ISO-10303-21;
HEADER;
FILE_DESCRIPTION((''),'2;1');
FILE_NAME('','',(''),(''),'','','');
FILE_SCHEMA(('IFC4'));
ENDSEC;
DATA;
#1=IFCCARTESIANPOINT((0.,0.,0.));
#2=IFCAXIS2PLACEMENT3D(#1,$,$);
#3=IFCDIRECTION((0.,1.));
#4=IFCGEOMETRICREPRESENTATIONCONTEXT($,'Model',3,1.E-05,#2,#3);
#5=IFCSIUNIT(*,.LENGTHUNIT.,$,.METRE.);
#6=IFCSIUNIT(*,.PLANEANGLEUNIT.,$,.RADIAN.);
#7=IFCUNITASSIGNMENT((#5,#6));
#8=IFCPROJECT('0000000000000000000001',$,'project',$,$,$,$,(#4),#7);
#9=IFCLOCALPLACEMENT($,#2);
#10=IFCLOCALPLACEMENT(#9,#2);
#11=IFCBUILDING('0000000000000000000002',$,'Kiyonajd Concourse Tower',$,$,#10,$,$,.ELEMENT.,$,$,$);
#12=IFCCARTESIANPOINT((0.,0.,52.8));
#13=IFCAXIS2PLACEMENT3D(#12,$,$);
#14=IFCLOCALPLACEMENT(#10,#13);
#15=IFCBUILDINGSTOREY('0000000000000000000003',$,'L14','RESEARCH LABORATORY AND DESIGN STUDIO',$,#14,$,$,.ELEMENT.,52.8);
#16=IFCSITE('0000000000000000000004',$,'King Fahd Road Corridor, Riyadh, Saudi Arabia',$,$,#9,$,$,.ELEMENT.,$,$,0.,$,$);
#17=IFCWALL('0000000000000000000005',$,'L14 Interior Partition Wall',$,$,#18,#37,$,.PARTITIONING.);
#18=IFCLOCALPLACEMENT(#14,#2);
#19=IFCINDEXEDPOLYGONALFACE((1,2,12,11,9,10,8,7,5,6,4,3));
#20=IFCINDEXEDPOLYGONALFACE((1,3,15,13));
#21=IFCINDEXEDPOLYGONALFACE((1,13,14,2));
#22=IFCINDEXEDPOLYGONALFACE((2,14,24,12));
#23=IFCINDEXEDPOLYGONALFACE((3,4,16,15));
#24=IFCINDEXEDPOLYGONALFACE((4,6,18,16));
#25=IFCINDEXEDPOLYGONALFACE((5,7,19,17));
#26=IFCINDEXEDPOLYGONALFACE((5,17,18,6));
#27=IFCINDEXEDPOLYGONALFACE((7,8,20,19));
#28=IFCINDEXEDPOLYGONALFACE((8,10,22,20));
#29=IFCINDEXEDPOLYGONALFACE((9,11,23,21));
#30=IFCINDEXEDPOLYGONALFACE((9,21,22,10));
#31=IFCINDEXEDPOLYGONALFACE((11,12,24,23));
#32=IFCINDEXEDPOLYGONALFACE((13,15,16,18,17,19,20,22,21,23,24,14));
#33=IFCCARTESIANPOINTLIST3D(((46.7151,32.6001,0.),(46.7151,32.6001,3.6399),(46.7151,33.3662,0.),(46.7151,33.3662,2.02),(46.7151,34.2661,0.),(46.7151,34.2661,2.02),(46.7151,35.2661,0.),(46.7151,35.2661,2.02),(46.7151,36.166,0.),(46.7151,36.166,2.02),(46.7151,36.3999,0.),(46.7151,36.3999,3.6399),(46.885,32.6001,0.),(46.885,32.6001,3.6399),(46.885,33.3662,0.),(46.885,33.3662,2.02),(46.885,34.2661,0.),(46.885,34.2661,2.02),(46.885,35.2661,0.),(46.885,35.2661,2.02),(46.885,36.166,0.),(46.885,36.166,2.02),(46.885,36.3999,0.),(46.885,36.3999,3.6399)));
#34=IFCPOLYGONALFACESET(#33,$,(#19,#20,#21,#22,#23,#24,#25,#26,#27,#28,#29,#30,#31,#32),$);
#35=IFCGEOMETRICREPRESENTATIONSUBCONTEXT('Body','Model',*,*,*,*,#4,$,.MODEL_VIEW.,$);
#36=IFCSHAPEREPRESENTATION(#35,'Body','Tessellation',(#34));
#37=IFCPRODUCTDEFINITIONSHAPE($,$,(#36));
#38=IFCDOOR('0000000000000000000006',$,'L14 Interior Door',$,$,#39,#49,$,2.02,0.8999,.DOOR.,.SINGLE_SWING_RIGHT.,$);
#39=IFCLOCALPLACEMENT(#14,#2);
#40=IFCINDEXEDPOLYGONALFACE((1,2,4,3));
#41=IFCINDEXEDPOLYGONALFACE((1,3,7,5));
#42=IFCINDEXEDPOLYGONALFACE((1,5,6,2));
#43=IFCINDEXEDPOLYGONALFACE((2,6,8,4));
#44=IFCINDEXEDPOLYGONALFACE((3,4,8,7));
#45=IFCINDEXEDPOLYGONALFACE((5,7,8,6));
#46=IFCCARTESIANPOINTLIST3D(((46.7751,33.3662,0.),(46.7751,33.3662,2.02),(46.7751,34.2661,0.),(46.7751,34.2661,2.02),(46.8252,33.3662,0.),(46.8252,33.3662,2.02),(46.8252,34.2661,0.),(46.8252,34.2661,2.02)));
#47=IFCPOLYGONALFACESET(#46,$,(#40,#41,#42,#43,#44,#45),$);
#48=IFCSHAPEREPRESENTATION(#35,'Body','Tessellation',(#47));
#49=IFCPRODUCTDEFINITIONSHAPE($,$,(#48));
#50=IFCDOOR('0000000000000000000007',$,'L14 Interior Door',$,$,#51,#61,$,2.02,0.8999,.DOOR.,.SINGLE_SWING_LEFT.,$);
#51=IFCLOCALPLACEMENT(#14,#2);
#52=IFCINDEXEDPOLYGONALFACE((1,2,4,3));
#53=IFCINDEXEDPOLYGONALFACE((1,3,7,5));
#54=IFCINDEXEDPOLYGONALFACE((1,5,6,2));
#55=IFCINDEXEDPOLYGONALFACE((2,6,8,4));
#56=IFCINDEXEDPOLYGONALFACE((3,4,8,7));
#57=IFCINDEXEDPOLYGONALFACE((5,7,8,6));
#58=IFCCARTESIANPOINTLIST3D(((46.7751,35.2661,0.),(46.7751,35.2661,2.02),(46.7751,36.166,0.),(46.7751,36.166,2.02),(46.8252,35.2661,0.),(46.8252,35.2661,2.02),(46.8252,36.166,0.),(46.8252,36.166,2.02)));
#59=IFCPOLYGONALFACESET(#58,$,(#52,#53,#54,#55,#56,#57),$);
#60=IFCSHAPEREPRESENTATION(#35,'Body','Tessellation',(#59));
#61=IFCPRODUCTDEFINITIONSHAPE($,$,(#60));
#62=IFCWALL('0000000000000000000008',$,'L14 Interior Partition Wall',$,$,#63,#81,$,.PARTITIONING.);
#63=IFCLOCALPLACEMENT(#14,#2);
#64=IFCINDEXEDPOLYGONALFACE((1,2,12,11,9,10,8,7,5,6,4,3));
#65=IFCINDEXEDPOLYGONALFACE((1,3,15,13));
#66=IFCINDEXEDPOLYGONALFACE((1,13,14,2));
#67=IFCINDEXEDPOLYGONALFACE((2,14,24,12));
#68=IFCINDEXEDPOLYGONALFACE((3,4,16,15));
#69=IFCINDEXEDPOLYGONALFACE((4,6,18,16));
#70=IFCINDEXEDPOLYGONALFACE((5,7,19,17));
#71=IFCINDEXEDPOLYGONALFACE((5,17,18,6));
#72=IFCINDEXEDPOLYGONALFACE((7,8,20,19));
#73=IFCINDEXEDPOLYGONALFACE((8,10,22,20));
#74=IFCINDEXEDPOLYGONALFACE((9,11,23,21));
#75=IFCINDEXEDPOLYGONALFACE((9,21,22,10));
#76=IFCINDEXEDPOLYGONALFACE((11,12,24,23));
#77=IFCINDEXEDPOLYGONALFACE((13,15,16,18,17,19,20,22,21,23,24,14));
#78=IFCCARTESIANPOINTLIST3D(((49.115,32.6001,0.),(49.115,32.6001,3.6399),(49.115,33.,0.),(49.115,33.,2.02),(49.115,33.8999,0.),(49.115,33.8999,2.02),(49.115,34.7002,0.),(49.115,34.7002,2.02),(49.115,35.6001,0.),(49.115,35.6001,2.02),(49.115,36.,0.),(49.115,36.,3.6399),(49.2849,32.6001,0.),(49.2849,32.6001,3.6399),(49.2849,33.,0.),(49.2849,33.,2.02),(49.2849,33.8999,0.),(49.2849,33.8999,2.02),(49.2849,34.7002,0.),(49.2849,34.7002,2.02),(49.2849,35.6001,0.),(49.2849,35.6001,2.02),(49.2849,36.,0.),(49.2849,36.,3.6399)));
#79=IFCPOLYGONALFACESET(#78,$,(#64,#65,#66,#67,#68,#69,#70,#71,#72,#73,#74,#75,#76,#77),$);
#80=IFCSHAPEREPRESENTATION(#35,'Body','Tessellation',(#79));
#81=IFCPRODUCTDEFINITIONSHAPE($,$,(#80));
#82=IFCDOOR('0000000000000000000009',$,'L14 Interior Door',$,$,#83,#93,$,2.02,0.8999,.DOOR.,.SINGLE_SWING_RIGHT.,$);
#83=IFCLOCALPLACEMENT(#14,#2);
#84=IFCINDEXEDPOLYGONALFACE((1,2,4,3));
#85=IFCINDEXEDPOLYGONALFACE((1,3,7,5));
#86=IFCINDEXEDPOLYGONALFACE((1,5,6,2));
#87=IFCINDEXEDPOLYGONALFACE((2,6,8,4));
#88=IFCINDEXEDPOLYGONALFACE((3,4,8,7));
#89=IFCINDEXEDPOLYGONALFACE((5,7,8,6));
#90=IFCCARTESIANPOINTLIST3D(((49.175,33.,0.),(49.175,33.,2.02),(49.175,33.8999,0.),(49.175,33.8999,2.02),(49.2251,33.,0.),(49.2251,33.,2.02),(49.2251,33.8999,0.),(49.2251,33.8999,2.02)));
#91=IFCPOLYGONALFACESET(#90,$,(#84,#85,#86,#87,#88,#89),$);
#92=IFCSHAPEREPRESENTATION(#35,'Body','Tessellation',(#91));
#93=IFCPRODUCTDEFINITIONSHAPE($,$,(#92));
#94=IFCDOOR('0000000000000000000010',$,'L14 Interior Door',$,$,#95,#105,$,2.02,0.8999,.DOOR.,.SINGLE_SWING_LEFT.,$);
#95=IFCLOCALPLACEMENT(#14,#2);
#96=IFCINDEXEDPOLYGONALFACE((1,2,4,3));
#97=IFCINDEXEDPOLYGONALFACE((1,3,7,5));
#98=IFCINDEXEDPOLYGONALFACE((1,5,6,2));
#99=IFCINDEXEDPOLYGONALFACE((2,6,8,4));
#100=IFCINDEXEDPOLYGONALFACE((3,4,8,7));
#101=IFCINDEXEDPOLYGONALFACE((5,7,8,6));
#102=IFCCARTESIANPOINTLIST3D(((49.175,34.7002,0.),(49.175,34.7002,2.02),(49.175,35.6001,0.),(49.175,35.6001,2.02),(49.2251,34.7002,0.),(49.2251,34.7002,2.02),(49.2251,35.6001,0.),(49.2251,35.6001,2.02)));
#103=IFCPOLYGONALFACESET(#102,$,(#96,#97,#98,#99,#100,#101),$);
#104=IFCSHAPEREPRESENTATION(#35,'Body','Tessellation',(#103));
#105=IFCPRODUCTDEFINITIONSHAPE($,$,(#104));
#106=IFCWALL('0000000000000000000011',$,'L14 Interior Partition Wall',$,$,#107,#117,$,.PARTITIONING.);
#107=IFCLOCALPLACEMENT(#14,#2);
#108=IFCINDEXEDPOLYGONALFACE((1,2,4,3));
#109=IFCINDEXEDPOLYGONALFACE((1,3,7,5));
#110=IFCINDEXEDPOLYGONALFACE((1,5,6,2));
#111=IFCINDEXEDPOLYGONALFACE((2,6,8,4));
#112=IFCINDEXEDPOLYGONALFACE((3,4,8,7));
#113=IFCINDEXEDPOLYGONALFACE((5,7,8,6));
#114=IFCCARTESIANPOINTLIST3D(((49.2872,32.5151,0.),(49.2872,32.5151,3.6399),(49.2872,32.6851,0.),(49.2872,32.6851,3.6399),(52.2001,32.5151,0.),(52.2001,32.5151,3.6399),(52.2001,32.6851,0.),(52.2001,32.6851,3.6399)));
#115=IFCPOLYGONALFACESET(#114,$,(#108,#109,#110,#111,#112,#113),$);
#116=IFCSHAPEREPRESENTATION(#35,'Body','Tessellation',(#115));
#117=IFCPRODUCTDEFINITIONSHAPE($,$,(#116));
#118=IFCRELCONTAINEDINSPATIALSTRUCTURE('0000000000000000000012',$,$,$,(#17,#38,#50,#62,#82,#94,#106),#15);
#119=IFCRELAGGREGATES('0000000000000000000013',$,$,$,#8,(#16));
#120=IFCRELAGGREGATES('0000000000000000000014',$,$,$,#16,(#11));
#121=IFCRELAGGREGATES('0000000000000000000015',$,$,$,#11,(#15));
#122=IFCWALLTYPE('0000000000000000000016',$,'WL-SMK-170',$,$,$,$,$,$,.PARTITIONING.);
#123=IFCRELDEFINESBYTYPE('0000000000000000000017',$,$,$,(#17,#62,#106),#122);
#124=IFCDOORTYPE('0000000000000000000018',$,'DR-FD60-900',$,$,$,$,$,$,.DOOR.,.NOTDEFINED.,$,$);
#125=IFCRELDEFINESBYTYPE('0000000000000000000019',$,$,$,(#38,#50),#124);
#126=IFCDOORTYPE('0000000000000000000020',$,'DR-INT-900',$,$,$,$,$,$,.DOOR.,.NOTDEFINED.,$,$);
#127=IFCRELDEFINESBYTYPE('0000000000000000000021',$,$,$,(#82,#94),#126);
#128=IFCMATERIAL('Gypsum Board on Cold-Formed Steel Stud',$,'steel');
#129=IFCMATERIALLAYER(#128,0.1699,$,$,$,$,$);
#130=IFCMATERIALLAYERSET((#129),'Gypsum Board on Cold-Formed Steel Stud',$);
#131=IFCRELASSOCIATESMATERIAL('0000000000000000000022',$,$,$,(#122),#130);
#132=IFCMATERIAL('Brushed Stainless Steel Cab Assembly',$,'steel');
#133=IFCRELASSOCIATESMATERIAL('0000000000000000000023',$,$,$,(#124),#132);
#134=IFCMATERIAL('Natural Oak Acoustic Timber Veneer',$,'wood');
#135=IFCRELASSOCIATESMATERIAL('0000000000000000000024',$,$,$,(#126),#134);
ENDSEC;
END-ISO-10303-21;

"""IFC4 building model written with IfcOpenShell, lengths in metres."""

from ifc_helpers import new_model, si_unit, direction, frame, frame_2d, origin, place, context, subcontext, project, spatial, rectangle, extrude, material, layer, layer_set, type_object, element, fill, save


model = new_model("IFC4")

# Units and contexts
model_context = context("Model", 3, precision=1e-05, world=origin(), true_north=direction((0.0, 1.0)))
body_context = subcontext(model_context, "Body", "Model", "MODEL_VIEW")
ifc_project = project(units=[si_unit("LENGTHUNIT", "METRE"), si_unit("PLANEANGLEUNIT", "RADIAN")], contexts=[model_context])

# Site, building, storey
site_placement = place(None, origin())
site = spatial("IfcSite", under=ifc_project, at=site_placement, Name="King Fahd Road Corridor, Riyadh, Saudi Arabia", CompositionType="ELEMENT", RefElevation=0.0)
building_placement = place(site_placement, origin())
building = spatial("IfcBuilding", under=site, at=building_placement, Name="Kiyonajd Concourse Tower", CompositionType="ELEMENT")
storey_placement = place(building_placement, frame((0.0, 0.0, 52.8)))
storey = spatial("IfcBuildingStorey", under=building, at=storey_placement, Name="L14", Description="RESEARCH LABORATORY AND DESIGN STUDIO", CompositionType="ELEMENT", Elevation=52.8)

# Shared definitions
ifc_material_1 = material(Name="Gypsum Board on Cold-Formed Steel Stud", Category="steel")

# Shared definitions
ifc_material_2 = material(Name="Brushed Stainless Steel Cab Assembly", Category="steel")

# Walls, openings, doors
ifc_layer_1 = layer(ifc_material_1, 0.1699)
ifc_layer_set_1 = layer_set([ifc_layer_1], Name="Gypsum Board on Cold-Formed Steel Stud")
wall_type_1 = type_object("IfcWallType", Name="WL-SMK-170", PredefinedType="PARTITIONING", material=ifc_layer_set_1)
wall_1_placement = place(storey_placement, frame((46.8, 32.6001, 0.0), z_axis=(0.0, 0.0, 1.0), x_axis=(0.0, 1.0, 0.0)))
wall_1 = element("IfcWall", 1, at=wall_1_placement, inside=storey, type_object=wall_type_1, Name="L14 Interior Partition Wall", PredefinedType="PARTITIONING", context=body_context, shape_type="SweptSolid", body=[
    extrude(rectangle(XDim=3.7998, YDim=0.1699, at=frame_2d((1.8999, 0.0))), origin(), (0.0, 0.0, 1.0), 3.6399),
])
opening_1_placement = place(wall_1_placement, frame((0.7661, 0.0, 0.0)))
opening_1 = element("IfcOpeningElement", 2, at=opening_1_placement, cuts=wall_1, PredefinedType="OPENING", context=body_context, shape_type="SweptSolid", body=[
    extrude(rectangle(XDim=0.8999, YDim=2.02, at=frame_2d((0.45, 1.01))), frame((0.0, 0.095, 0.0), z_axis=(0.0, -1.0, 0.0), x_axis=(1.0, 0.0, 0.0)), (0.0, 0.0, 1.0), 0.1899),
])
opening_2_placement = place(wall_1_placement, frame((2.666, 0.0, 0.0)))
opening_2 = element("IfcOpeningElement", 3, at=opening_2_placement, cuts=wall_1, PredefinedType="OPENING", context=body_context, shape_type="SweptSolid", body=[
    extrude(rectangle(XDim=0.8999, YDim=2.02, at=frame_2d((0.45, 1.01))), frame((0.0, 0.095, 0.0), z_axis=(0.0, -1.0, 0.0), x_axis=(1.0, 0.0, 0.0)), (0.0, 0.0, 1.0), 0.1899),
])
door_type_1 = type_object("IfcDoorType", Name="DR-FD60-900", OperationType="NOTDEFINED", PredefinedType="DOOR", material=ifc_material_2)
door_1_placement = place(opening_1_placement, origin())
door_1 = element("IfcDoor", 4, at=door_1_placement, inside=storey, type_object=door_type_1, Name="L14 Interior Door", OperationType="SINGLE_SWING_RIGHT", OverallHeight=2.02, OverallWidth=0.8999, PredefinedType="DOOR", context=body_context, shape_type="SweptSolid", body=[
    extrude(rectangle(XDim=0.8999, YDim=2.02, at=frame_2d((0.45, 1.01))), frame((0.0, 0.0249, 0.0), z_axis=(0.0, -1.0, 0.0), x_axis=(1.0, 0.0, 0.0)), (0.0, 0.0, 1.0), 0.05),
])
fill(opening_1, door_1)
door_2_placement = place(opening_2_placement, origin())
door_2 = element("IfcDoor", 5, at=door_2_placement, inside=storey, type_object=door_type_1, Name="L14 Interior Door", OperationType="SINGLE_SWING_LEFT", OverallHeight=2.02, OverallWidth=0.8999, PredefinedType="DOOR", context=body_context, shape_type="SweptSolid", body=[
    extrude(rectangle(XDim=0.8999, YDim=2.02, at=frame_2d((0.45, 1.01))), frame((0.0, 0.0249, 0.0), z_axis=(0.0, -1.0, 0.0), x_axis=(1.0, 0.0, 0.0)), (0.0, 0.0, 1.0), 0.05),
])
fill(opening_2, door_2)
wall_2_placement = place(storey_placement, frame((49.2, 32.6001, 0.0), z_axis=(0.0, 0.0, 1.0), x_axis=(0.0, 1.0, 0.0)))
wall_2 = element("IfcWall", 6, at=wall_2_placement, inside=storey, type_object=wall_type_1, Name="L14 Interior Partition Wall", PredefinedType="PARTITIONING", context=body_context, shape_type="SweptSolid", body=[
    extrude(rectangle(XDim=3.3999, YDim=0.1699, at=frame_2d((1.7, 0.0))), origin(), (0.0, 0.0, 1.0), 3.6399),
])
opening_3_placement = place(wall_2_placement, frame((0.3999, 0.0, 0.0)))
opening_3 = element("IfcOpeningElement", 7, at=opening_3_placement, cuts=wall_2, PredefinedType="OPENING", context=body_context, shape_type="SweptSolid", body=[
    extrude(rectangle(XDim=0.8999, YDim=2.02, at=frame_2d((0.45, 1.01))), frame((0.0, 0.095, 0.0), z_axis=(0.0, -1.0, 0.0), x_axis=(1.0, 0.0, 0.0)), (0.0, 0.0, 1.0), 0.1899),
])
opening_4_placement = place(wall_2_placement, frame((2.1001, 0.0, 0.0)))
opening_4 = element("IfcOpeningElement", 8, at=opening_4_placement, cuts=wall_2, PredefinedType="OPENING", context=body_context, shape_type="SweptSolid", body=[
    extrude(rectangle(XDim=0.8999, YDim=2.02, at=frame_2d((0.45, 1.01))), frame((0.0, 0.095, 0.0), z_axis=(0.0, -1.0, 0.0), x_axis=(1.0, 0.0, 0.0)), (0.0, 0.0, 1.0), 0.1899),
])
ifc_material_3 = material(Name="Natural Oak Acoustic Timber Veneer", Category="wood")
door_type_2 = type_object("IfcDoorType", Name="DR-INT-900", OperationType="NOTDEFINED", PredefinedType="DOOR", material=ifc_material_3)
door_3_placement = place(opening_3_placement, origin())
door_3 = element("IfcDoor", 9, at=door_3_placement, inside=storey, type_object=door_type_2, Name="L14 Interior Door", OperationType="SINGLE_SWING_RIGHT", OverallHeight=2.02, OverallWidth=0.8999, PredefinedType="DOOR", context=body_context, shape_type="SweptSolid", body=[
    extrude(rectangle(XDim=0.8999, YDim=2.02, at=frame_2d((0.45, 1.01))), frame((0.0, 0.0249, 0.0), z_axis=(0.0, -1.0, 0.0), x_axis=(1.0, 0.0, 0.0)), (0.0, 0.0, 1.0), 0.05),
])
fill(opening_3, door_3)
door_4_placement = place(opening_4_placement, origin())
door_4 = element("IfcDoor", 10, at=door_4_placement, inside=storey, type_object=door_type_2, Name="L14 Interior Door", OperationType="SINGLE_SWING_LEFT", OverallHeight=2.02, OverallWidth=0.8999, PredefinedType="DOOR", context=body_context, shape_type="SweptSolid", body=[
    extrude(rectangle(XDim=0.8999, YDim=2.02, at=frame_2d((0.45, 1.01))), frame((0.0, 0.0249, 0.0), z_axis=(0.0, -1.0, 0.0), x_axis=(1.0, 0.0, 0.0)), (0.0, 0.0, 1.0), 0.05),
])
fill(opening_4, door_4)

# Wall
wall_3_placement = place(storey_placement, frame((49.2871, 32.6001, 0.0), z_axis=(0.0, 0.0, 1.0), x_axis=(1.0, 0.0, 0.0)))
element("IfcWall", 11, at=wall_3_placement, inside=storey, type_object=wall_type_1, Name="L14 Interior Partition Wall", PredefinedType="PARTITIONING", context=body_context, shape_type="SweptSolid", body=[
    extrude(rectangle(XDim=2.9128, YDim=0.1699, at=frame_2d((1.4565, 0.0))), origin(), (0.0, 0.0, 1.0), 3.6399),
])

save(model, "model.ifc")
